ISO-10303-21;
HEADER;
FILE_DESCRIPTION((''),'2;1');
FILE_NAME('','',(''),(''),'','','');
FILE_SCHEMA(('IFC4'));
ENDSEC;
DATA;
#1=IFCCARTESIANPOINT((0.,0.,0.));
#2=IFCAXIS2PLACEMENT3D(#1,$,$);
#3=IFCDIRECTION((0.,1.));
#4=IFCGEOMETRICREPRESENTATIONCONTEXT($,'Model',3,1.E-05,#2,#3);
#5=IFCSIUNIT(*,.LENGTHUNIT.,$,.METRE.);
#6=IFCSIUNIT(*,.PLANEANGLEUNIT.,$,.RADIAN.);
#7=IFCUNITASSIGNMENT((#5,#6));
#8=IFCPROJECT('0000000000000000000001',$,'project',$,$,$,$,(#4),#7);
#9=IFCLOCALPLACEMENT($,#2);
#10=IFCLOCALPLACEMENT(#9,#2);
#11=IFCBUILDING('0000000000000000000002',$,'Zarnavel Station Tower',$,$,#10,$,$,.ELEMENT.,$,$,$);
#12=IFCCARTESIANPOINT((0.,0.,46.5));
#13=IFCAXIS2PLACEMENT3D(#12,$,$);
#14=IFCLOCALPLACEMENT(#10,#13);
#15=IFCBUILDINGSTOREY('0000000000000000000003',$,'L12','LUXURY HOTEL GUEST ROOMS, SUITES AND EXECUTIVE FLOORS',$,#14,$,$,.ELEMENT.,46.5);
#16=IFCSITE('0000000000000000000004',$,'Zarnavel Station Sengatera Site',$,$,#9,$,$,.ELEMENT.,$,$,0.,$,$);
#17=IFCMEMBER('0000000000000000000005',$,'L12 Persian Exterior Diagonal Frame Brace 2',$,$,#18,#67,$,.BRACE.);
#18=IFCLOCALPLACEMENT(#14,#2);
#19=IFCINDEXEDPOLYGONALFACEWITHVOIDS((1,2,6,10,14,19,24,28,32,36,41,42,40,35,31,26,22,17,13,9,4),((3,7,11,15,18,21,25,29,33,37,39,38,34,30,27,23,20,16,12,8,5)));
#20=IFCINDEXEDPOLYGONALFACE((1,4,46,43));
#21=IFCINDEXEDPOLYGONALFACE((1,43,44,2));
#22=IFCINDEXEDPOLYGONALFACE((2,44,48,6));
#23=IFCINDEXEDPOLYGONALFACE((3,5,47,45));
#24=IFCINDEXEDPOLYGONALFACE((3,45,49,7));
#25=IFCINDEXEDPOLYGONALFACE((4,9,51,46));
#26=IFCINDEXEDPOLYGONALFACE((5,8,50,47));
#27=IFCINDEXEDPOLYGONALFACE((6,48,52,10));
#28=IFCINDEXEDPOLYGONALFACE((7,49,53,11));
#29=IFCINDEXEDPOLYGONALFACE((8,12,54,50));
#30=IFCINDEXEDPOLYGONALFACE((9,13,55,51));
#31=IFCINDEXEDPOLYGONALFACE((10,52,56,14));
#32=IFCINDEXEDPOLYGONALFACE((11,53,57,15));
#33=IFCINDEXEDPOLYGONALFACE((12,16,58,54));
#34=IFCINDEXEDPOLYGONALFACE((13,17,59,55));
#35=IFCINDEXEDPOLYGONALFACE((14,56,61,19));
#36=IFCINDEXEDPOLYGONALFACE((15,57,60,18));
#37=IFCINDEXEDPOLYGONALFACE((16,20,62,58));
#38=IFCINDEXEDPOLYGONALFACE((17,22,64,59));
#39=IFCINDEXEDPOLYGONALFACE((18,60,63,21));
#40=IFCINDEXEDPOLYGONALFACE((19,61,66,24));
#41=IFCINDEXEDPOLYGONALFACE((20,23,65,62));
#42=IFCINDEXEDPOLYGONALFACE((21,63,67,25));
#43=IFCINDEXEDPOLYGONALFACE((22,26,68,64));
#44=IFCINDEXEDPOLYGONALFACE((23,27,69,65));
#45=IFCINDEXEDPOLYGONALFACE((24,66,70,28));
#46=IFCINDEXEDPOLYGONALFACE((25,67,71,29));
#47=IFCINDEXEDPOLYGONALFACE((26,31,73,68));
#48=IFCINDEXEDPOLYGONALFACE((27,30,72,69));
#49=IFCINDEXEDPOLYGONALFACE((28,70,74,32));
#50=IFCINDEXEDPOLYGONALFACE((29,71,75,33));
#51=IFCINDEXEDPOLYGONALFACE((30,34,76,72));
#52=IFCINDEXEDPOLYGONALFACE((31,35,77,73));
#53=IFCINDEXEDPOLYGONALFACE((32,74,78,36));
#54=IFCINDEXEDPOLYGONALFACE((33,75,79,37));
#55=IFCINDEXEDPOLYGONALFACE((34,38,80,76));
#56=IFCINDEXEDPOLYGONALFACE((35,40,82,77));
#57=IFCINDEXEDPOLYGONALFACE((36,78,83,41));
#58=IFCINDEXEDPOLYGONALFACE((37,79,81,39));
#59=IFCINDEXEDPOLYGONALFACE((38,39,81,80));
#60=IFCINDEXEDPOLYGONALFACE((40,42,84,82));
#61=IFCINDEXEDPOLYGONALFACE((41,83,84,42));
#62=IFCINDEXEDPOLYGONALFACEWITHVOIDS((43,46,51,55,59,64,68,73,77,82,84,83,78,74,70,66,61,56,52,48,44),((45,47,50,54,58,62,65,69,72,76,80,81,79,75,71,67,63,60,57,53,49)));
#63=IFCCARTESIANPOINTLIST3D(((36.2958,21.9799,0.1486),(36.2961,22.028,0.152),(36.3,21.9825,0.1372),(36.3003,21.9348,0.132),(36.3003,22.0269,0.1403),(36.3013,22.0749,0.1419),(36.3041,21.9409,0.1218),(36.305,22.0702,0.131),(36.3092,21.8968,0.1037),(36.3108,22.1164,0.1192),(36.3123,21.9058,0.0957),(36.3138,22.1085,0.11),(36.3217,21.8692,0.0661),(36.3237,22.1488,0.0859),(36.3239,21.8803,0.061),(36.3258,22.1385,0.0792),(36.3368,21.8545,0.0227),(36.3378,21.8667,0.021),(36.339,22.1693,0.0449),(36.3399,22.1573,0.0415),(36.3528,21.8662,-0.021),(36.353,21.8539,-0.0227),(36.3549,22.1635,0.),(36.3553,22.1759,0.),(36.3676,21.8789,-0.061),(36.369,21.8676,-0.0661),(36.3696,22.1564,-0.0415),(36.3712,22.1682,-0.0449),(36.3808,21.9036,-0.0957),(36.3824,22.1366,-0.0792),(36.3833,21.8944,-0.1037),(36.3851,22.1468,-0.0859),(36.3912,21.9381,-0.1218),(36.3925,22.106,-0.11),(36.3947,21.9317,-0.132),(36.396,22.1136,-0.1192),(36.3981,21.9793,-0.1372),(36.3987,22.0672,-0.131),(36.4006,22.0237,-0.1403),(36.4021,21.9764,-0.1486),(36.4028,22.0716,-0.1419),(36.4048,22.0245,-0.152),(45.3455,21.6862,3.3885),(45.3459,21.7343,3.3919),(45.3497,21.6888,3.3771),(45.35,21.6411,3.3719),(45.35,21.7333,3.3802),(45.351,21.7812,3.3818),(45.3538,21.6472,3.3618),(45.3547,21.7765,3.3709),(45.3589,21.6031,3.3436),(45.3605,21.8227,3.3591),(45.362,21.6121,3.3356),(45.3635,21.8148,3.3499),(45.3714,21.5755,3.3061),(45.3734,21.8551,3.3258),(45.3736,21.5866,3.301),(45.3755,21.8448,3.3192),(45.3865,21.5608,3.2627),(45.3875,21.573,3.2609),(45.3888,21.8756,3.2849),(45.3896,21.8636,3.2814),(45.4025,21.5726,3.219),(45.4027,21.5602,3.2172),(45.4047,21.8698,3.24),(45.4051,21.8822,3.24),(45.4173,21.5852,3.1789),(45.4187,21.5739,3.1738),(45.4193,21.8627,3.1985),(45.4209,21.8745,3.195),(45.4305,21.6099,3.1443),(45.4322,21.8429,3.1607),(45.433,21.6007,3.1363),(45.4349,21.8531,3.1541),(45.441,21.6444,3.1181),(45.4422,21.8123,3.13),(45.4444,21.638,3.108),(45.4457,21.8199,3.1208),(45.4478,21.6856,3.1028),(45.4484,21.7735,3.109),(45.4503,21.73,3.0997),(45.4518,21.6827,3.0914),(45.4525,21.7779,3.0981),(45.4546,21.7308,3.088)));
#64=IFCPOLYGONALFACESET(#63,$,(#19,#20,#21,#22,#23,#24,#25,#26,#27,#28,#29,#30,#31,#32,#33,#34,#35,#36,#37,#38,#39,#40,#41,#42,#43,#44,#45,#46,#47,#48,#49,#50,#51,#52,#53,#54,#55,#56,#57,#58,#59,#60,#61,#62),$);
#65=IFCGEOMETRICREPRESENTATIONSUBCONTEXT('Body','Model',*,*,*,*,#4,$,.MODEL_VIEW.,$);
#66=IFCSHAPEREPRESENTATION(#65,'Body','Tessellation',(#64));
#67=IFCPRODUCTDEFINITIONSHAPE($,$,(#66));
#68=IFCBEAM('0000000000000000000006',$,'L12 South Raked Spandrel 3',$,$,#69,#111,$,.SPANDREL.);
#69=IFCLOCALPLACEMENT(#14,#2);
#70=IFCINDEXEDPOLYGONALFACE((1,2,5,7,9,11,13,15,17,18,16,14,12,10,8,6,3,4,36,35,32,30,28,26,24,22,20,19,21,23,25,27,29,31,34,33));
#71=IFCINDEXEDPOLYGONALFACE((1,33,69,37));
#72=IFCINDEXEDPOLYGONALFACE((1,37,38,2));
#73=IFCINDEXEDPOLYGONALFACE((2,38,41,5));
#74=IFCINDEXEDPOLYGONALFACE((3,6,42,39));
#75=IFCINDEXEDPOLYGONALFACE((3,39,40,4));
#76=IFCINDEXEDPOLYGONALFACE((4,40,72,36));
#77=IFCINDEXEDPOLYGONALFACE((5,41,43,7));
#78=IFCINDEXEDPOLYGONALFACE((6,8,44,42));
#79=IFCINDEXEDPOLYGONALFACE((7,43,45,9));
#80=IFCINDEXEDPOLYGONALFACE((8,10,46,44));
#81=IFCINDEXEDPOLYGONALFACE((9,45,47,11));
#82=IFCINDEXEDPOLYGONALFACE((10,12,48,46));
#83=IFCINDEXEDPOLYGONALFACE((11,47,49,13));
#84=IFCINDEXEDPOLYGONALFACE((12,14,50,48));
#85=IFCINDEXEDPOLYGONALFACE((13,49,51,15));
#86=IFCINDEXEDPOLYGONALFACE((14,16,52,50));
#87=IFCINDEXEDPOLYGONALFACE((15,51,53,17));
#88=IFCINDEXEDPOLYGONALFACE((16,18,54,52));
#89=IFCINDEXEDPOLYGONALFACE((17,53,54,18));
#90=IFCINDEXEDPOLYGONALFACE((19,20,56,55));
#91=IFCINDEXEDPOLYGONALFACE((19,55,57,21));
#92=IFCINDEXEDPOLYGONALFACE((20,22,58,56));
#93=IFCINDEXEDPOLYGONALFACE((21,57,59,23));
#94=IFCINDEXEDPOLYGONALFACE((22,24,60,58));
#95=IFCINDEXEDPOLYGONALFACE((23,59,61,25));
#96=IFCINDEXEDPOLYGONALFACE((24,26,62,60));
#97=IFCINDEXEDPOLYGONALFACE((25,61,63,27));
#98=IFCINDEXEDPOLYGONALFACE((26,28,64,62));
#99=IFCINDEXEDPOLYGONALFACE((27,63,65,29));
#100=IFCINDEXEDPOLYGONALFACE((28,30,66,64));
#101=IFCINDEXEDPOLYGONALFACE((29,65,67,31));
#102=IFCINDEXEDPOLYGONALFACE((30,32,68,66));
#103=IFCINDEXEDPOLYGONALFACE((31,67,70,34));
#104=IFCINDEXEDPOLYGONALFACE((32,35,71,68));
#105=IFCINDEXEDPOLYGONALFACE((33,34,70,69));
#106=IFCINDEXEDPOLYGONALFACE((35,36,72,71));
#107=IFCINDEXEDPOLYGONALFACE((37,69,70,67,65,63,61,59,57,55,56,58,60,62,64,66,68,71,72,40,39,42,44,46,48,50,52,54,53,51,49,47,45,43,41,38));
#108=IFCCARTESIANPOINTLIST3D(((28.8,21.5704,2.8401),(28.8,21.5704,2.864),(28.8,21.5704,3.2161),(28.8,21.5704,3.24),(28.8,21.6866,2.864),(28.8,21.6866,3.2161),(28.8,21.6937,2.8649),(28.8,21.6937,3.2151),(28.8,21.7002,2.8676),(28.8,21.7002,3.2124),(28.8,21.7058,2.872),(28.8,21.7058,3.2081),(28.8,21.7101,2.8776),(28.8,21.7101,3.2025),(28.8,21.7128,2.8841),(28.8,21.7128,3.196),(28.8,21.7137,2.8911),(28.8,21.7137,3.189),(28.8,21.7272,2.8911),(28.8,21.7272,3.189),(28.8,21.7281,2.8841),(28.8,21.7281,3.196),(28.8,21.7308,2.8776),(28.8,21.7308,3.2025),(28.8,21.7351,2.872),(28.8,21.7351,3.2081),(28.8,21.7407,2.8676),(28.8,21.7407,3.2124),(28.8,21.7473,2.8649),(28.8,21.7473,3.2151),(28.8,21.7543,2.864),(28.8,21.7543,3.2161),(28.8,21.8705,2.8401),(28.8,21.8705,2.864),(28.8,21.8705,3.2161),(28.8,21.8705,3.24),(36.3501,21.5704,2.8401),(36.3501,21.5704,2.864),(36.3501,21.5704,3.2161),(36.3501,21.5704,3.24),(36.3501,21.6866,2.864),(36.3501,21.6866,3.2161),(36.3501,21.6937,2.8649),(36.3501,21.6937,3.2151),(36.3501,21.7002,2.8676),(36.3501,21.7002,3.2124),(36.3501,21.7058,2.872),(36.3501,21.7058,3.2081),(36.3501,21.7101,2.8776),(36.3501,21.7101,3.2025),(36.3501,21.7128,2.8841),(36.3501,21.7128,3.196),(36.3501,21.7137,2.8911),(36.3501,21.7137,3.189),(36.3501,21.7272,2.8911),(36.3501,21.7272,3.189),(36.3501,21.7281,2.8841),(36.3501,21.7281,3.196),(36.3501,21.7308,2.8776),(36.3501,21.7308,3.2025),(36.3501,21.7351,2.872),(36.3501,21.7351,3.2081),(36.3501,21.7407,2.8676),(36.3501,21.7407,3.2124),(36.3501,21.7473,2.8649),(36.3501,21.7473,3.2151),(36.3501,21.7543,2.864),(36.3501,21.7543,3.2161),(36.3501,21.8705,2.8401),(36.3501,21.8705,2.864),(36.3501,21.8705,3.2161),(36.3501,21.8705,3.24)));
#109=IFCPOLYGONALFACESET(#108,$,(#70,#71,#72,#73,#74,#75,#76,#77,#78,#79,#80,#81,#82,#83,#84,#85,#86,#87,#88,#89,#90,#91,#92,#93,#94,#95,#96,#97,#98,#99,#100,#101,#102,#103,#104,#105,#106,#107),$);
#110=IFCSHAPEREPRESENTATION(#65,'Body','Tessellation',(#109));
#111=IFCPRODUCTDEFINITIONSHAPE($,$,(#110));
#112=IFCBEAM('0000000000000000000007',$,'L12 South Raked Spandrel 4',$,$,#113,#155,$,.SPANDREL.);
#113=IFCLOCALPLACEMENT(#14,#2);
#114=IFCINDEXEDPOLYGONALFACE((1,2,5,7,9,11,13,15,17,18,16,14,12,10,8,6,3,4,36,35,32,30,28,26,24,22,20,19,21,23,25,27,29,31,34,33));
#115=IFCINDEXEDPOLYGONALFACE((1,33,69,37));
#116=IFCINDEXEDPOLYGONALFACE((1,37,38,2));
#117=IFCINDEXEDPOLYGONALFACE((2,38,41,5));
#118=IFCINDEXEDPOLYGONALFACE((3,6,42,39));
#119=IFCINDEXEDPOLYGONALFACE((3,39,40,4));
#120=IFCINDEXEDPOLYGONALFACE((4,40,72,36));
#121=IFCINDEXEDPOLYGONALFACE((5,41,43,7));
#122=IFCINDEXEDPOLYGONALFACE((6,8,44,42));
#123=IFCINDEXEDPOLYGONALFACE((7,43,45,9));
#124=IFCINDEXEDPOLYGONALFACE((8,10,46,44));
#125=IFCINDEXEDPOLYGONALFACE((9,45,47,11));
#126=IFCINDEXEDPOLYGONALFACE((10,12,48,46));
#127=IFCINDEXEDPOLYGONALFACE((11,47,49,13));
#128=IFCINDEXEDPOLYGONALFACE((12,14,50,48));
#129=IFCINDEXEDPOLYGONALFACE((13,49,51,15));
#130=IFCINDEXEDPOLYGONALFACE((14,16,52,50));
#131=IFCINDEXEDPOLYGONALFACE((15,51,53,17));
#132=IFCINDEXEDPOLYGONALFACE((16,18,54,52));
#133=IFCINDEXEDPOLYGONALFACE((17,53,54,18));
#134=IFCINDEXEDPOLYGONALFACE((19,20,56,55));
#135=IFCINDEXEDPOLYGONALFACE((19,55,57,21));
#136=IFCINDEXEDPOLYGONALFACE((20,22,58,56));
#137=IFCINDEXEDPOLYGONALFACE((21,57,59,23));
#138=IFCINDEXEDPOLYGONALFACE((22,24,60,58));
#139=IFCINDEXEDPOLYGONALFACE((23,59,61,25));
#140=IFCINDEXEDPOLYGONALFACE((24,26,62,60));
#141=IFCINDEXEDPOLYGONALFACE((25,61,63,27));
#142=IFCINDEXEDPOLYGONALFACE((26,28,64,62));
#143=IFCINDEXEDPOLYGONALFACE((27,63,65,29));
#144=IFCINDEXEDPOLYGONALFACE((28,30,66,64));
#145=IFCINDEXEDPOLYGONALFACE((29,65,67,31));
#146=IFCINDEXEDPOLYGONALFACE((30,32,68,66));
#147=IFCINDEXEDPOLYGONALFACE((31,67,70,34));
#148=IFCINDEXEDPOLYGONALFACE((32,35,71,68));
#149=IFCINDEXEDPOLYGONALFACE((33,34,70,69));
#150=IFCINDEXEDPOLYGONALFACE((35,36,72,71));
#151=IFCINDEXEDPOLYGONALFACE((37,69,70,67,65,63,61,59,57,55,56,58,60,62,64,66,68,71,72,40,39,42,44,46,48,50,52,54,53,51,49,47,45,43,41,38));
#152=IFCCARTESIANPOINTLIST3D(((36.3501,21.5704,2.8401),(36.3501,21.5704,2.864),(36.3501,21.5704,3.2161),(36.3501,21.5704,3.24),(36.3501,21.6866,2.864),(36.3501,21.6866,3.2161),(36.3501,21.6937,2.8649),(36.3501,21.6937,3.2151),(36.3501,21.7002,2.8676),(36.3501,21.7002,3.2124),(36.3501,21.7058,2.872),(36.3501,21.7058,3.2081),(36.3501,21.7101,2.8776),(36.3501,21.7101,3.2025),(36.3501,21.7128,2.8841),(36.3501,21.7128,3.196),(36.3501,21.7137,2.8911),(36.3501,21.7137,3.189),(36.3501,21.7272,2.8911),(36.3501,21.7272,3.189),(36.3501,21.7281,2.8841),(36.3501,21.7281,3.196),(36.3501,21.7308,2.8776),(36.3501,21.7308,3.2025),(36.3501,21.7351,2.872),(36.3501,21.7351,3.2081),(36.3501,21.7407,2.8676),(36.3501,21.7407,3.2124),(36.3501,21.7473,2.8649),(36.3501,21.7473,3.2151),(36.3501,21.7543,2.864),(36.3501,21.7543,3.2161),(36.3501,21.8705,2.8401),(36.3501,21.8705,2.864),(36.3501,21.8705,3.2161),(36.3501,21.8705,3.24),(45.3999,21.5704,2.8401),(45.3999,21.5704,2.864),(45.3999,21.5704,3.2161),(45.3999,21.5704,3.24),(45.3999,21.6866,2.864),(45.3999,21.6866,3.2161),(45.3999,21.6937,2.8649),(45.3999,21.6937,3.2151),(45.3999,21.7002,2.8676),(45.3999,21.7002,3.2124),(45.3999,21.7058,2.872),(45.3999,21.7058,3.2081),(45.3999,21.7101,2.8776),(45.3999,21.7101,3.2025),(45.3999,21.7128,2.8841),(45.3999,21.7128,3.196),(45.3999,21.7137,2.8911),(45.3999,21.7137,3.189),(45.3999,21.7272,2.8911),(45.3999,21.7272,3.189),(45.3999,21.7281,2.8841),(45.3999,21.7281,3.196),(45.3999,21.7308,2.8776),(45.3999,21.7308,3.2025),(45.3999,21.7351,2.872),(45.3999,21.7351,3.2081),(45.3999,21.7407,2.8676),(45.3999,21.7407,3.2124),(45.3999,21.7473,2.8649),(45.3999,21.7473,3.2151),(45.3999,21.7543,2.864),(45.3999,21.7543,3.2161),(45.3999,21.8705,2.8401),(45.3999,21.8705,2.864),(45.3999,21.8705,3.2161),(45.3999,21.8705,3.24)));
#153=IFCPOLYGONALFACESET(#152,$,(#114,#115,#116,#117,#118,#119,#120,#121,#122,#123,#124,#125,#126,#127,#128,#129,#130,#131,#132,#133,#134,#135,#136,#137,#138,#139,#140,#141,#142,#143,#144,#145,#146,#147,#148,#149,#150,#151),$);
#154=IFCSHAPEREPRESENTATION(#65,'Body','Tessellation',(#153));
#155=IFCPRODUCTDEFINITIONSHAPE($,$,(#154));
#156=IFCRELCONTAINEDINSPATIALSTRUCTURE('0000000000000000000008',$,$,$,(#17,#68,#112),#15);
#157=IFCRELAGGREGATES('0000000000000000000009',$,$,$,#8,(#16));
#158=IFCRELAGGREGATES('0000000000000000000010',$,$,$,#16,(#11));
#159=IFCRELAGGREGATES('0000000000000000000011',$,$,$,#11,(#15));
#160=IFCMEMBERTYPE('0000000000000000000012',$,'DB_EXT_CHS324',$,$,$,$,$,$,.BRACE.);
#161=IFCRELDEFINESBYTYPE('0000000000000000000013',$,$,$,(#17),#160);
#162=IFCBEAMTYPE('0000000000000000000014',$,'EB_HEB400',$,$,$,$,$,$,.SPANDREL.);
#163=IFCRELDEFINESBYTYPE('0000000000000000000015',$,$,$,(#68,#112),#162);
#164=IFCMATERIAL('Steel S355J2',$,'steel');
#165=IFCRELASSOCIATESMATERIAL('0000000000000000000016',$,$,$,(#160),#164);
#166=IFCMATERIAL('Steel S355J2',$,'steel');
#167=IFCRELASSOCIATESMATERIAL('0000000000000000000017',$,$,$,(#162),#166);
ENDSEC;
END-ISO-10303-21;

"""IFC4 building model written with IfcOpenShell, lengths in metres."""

from ifc_helpers import new_model, si_unit, direction, frame, origin, origin_2d, place, context, subcontext, project, spatial, hollow_circle, i_section, extrude, material, material_profile, profile_set, type_object, element, save


model = new_model("IFC4")

# Units and contexts
model_context = context("Model", 3, precision=1e-05, world=origin(), true_north=direction((0.0, 1.0)))
body_context = subcontext(model_context, "Body", "Model", "MODEL_VIEW")
ifc_project = project(units=[si_unit("LENGTHUNIT", "METRE"), si_unit("PLANEANGLEUNIT", "RADIAN")], contexts=[model_context])

# Site, building, storey
site_placement = place(None, origin())
site = spatial("IfcSite", under=ifc_project, at=site_placement, Name="Zarnavel Station Sengatera Site", CompositionType="ELEMENT", RefElevation=0.0)
building_placement = place(site_placement, origin())
building = spatial("IfcBuilding", under=site, at=building_placement, Name="Zarnavel Station Tower", CompositionType="ELEMENT")
storey_placement = place(building_placement, frame((0.0, 0.0, 46.5)))
storey = spatial("IfcBuildingStorey", under=building, at=storey_placement, Name="L12", Description="LUXURY HOTEL GUEST ROOMS, SUITES AND EXECUTIVE FLOORS", CompositionType="ELEMENT", Elevation=46.5)

# Member
ifc_material_1 = material(Name="Steel S355J2", Category="steel")
ifc_material_profile_1 = material_profile(ifc_material_1, hollow_circle(Radius=0.1619, WallThickness=0.0125, at=origin_2d()), Name="CHS323.9x12.5")
ifc_profile_set_1 = profile_set([ifc_material_profile_1], Name="Steel S355J2")
member_type_1 = type_object("IfcMemberType", Name="DB_EXT_CHS324", PredefinedType="BRACE", material=ifc_profile_set_1)
member_1_placement = place(storey_placement, frame((36.3501, 22.0142, 0.0), z_axis=(0.941042, -0.03054, 0.33691), x_axis=(0.032437, 0.999474, 0.0)))
element("IfcMember", 1, at=member_1_placement, inside=storey, type_object=member_type_1, Name="L12 Persian Exterior Diagonal Frame Brace 2", PredefinedType="BRACE", context=body_context, shape_type="SweptSolid", body=[
    extrude(hollow_circle(Radius=0.1619, WallThickness=0.0125, at=origin_2d()), origin(), (0.0, 0.0, 1.0), 9.6167),
])

# Beams
ifc_material_2 = material(Name="Steel S355J2", Category="steel")
ifc_material_profile_2 = material_profile(ifc_material_2, i_section(OverallWidth=0.3, OverallDepth=0.3999, WebThickness=0.0134, FlangeThickness=0.0239, FilletRadius=0.0271, at=origin_2d()), Name="HEB400")
ifc_profile_set_2 = profile_set([ifc_material_profile_2], Name="Steel S355J2")
beam_type_1 = type_object("IfcBeamType", Name="EB_HEB400", PredefinedType="SPANDREL", material=ifc_profile_set_2)
beam_1_placement = place(storey_placement, frame((28.8, 21.7205, 3.04), z_axis=(1.0, 0.0, 0.0), x_axis=(0.0, 1.0, 0.0)))
element("IfcBeam", 2, at=beam_1_placement, inside=storey, type_object=beam_type_1, Name="L12 South Raked Spandrel 3", PredefinedType="SPANDREL", context=body_context, shape_type="SweptSolid", body=[
    extrude(i_section(OverallWidth=0.3, OverallDepth=0.3999, WebThickness=0.0134, FlangeThickness=0.0239, FilletRadius=0.0271, at=origin_2d()), origin(), (0.0, 0.0, 1.0), 7.55),
])
beam_2_placement = place(storey_placement, frame((36.3501, 21.7205, 3.04), z_axis=(1.0, 0.0, 0.0), x_axis=(0.0, 1.0, 0.0)))
element("IfcBeam", 3, at=beam_2_placement, inside=storey, type_object=beam_type_1, Name="L12 South Raked Spandrel 4", PredefinedType="SPANDREL", context=body_context, shape_type="SweptSolid", body=[
    extrude(i_section(OverallWidth=0.3, OverallDepth=0.3999, WebThickness=0.0134, FlangeThickness=0.0239, FilletRadius=0.0271, at=origin_2d()), origin(), (0.0, 0.0, 1.0), 9.0498),
])

save(model, "model.ifc")
